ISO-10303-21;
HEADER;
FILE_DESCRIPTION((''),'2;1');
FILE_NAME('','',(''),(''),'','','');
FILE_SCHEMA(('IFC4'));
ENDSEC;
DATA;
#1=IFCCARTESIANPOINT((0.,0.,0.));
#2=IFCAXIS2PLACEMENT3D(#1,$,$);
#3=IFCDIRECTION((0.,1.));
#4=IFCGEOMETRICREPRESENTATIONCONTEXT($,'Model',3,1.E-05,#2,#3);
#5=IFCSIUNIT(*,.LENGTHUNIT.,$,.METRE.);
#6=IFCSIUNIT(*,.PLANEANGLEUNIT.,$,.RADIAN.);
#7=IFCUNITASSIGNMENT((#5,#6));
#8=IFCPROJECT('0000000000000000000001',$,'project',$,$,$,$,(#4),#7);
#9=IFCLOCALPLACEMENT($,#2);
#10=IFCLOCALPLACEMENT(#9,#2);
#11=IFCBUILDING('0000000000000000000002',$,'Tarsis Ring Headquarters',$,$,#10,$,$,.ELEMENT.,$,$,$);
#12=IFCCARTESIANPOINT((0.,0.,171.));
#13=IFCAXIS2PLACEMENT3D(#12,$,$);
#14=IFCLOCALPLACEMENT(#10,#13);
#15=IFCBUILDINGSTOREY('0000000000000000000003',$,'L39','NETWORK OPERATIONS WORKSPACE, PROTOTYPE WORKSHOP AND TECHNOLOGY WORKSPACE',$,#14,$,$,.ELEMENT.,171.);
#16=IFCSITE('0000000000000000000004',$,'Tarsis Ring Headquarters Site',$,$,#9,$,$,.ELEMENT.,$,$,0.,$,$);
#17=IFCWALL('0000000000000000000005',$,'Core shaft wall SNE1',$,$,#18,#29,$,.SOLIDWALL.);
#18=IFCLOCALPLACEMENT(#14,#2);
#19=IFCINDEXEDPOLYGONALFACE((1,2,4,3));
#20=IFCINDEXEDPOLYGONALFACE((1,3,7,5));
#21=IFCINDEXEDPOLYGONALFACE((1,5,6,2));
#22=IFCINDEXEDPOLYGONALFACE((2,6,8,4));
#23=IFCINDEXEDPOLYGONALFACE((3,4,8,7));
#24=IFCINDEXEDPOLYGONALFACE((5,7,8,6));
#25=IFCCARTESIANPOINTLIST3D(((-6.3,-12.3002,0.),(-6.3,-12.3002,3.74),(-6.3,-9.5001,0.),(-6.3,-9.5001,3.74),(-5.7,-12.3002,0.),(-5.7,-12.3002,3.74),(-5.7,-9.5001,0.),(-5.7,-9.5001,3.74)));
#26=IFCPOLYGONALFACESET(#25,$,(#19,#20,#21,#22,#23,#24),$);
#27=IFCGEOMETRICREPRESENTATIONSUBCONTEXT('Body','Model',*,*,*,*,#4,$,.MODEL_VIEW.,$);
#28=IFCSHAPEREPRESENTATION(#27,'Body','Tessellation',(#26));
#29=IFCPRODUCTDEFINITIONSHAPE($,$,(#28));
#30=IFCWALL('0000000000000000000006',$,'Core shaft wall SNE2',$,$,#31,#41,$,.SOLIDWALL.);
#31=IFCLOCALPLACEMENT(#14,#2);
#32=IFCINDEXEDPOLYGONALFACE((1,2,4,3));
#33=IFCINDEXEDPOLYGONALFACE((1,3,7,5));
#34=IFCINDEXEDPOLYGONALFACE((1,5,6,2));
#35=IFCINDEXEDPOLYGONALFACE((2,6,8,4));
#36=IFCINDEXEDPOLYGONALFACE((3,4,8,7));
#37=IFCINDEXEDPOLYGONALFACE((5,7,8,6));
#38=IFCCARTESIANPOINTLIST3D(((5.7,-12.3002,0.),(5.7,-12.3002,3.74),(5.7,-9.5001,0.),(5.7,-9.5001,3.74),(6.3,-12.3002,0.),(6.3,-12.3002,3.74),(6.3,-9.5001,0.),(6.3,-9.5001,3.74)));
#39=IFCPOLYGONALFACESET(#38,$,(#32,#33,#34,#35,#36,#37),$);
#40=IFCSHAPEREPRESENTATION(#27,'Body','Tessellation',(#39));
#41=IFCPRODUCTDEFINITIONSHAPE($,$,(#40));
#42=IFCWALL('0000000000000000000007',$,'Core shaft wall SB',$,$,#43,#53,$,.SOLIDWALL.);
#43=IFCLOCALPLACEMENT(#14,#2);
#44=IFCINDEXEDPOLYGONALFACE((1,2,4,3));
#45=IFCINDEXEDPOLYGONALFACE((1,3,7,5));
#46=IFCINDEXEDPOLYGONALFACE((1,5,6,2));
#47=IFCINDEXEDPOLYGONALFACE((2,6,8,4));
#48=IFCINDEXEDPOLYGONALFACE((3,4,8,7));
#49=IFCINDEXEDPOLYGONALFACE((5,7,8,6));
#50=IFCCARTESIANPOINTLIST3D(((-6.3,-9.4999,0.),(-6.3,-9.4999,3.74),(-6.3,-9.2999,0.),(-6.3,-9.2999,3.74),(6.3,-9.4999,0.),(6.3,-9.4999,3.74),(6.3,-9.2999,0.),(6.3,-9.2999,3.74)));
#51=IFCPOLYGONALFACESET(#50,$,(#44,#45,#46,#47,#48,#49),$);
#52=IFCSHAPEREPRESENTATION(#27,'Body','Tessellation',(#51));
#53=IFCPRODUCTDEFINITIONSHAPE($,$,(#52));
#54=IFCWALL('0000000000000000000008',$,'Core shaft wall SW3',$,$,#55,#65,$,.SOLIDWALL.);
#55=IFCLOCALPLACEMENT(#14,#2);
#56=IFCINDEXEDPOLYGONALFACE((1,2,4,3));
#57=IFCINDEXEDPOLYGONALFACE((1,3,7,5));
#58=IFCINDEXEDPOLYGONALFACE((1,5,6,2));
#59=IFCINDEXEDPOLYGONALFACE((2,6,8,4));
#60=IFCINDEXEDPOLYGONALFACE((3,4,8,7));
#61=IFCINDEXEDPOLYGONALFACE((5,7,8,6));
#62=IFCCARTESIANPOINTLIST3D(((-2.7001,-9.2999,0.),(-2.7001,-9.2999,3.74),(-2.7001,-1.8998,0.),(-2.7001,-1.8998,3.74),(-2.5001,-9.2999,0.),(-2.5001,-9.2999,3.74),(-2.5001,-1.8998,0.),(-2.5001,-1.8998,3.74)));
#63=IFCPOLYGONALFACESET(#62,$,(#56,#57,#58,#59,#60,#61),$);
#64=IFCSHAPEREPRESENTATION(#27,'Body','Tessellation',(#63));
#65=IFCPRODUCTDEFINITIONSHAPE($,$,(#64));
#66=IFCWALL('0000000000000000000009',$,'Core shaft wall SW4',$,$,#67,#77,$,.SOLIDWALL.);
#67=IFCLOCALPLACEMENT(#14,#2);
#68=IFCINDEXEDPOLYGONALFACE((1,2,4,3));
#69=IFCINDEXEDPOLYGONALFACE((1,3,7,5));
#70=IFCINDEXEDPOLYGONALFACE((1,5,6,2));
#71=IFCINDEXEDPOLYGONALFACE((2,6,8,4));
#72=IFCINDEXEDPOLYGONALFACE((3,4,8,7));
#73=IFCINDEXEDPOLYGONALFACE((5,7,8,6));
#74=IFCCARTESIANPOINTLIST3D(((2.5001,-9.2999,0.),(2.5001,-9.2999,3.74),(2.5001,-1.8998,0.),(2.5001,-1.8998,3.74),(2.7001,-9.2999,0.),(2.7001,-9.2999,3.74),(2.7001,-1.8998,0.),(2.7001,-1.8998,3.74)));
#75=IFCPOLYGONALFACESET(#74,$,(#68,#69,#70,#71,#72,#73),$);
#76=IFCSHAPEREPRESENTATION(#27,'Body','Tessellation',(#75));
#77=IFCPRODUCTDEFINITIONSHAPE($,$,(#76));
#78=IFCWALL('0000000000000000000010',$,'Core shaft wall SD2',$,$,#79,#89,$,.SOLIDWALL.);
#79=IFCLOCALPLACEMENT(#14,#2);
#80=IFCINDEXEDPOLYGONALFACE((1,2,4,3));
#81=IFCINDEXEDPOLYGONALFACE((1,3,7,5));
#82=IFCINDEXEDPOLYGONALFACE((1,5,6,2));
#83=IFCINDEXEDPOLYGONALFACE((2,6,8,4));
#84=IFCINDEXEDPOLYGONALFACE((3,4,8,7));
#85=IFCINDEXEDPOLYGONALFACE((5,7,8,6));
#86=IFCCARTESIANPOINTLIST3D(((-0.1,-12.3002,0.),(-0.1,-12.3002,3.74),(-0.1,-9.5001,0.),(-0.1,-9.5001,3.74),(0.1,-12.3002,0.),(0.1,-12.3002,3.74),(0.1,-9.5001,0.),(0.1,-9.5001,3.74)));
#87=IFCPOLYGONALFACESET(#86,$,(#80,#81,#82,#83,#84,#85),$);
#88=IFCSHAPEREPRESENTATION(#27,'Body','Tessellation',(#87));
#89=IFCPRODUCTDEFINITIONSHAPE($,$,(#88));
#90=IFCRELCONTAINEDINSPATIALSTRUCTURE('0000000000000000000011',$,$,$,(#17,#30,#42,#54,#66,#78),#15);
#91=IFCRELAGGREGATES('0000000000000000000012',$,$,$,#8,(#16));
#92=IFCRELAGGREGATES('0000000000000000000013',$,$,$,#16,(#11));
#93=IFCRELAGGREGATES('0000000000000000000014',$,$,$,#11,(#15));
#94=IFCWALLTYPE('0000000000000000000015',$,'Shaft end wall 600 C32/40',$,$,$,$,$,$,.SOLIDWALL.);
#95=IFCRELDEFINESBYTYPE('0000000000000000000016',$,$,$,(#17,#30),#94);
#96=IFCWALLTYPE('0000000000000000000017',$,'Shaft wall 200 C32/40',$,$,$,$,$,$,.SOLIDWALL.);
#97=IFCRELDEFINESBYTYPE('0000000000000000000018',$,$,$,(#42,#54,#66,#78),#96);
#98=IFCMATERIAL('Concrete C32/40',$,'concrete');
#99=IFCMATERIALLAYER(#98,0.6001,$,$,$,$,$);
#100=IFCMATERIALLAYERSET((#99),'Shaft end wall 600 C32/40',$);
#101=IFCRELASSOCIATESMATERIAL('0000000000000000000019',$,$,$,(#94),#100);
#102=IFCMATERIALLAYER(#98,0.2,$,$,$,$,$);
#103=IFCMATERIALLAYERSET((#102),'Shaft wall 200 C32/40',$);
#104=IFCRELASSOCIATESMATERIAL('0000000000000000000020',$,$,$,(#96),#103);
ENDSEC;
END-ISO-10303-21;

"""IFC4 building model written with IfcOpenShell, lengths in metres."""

from ifc_helpers import new_model, si_unit, direction, frame, frame_2d, origin, place, context, subcontext, project, spatial, rectangle, extrude, material, layer, layer_set, type_object, element, save


model = new_model("IFC4")

# Units and contexts
model_context = context("Model", 3, precision=1e-05, world=origin(), true_north=direction((0.0, 1.0)))
body_context = subcontext(model_context, "Body", "Model", "MODEL_VIEW")
ifc_project = project(units=[si_unit("LENGTHUNIT", "METRE"), si_unit("PLANEANGLEUNIT", "RADIAN")], contexts=[model_context])

# Site, building, storey
site_placement = place(None, origin())
site = spatial("IfcSite", under=ifc_project, at=site_placement, Name="Tarsis Ring Headquarters Site", CompositionType="ELEMENT", RefElevation=0.0)
building_placement = place(site_placement, origin())
building = spatial("IfcBuilding", under=site, at=building_placement, Name="Tarsis Ring Headquarters", CompositionType="ELEMENT")
storey_placement = place(building_placement, frame((0.0, 0.0, 171.0)))
storey = spatial("IfcBuildingStorey", under=building, at=storey_placement, Name="L39", Description="NETWORK OPERATIONS WORKSPACE, PROTOTYPE WORKSHOP AND TECHNOLOGY WORKSPACE", CompositionType="ELEMENT", Elevation=171.0)

# Walls
ifc_material_1 = material(Name="Concrete C32/40", Category="concrete")
ifc_layer_1 = layer(ifc_material_1, 0.6001)
ifc_layer_set_1 = layer_set([ifc_layer_1], Name="Shaft end wall 600 C32/40")
wall_type_1 = type_object("IfcWallType", Name="Shaft end wall 600 C32/40", PredefinedType="SOLIDWALL", material=ifc_layer_set_1)
for number, where, z_axis, x_axis, name in (
    (1, (-6.0, -12.3, 0.0), (0.0, 0.0, 1.0), (0.0, 1.0, 0.0), "Core shaft wall SNE1"),
    (2, (6.0, -12.3, 0.0), (0.0, 0.0, 1.0), (0.0, 1.0, 0.0), "Core shaft wall SNE2"),
):
    element("IfcWall", number, at=place(storey_placement, frame(where, z_axis=z_axis, x_axis=x_axis)), inside=storey, type_object=wall_type_1, Name=name, PredefinedType="SOLIDWALL", context=body_context, shape_type="SweptSolid", body=[
        extrude(rectangle(XDim=2.8, YDim=0.6001, at=frame_2d((1.3999, 0.0))), origin(), (0.0, 0.0, 1.0), 3.74),
    ])
ifc_layer_2 = layer(ifc_material_1, 0.2)
ifc_layer_set_2 = layer_set([ifc_layer_2], Name="Shaft wall 200 C32/40")
wall_type_2 = type_object("IfcWallType", Name="Shaft wall 200 C32/40", PredefinedType="SOLIDWALL", material=ifc_layer_set_2)
wall_1_placement = place(storey_placement, frame((-6.3, -9.3999, 0.0), z_axis=(0.0, 0.0, 1.0), x_axis=(1.0, 0.0, 0.0)))
element("IfcWall", 3, at=wall_1_placement, inside=storey, type_object=wall_type_2, Name="Core shaft wall SB", PredefinedType="SOLIDWALL", context=body_context, shape_type="SweptSolid", body=[
    extrude(rectangle(XDim=12.6001, YDim=0.2, at=frame_2d((6.3, 0.0))), origin(), (0.0, 0.0, 1.0), 3.74),
])
for number, where, z_axis, x_axis, name in (
    (4, (-2.6001, -9.3, 0.0), (0.0, 0.0, 1.0), (0.0, 1.0, 0.0), "Core shaft wall SW3"),
    (5, (2.6001, -9.3, 0.0), (0.0, 0.0, 1.0), (0.0, 1.0, 0.0), "Core shaft wall SW4"),
):
    element("IfcWall", number, at=place(storey_placement, frame(where, z_axis=z_axis, x_axis=x_axis)), inside=storey, type_object=wall_type_2, Name=name, PredefinedType="SOLIDWALL", context=body_context, shape_type="SweptSolid", body=[
        extrude(rectangle(XDim=7.4001, YDim=0.2, at=frame_2d((3.7002, 0.0))), origin(), (0.0, 0.0, 1.0), 3.74),
    ])
wall_2_placement = place(storey_placement, frame((0.0, -12.3, 0.0), z_axis=(0.0, 0.0, 1.0), x_axis=(0.0, 1.0, 0.0)))
element("IfcWall", 6, at=wall_2_placement, inside=storey, type_object=wall_type_2, Name="Core shaft wall SD2", PredefinedType="SOLIDWALL", context=body_context, shape_type="SweptSolid", body=[
    extrude(rectangle(XDim=2.8, YDim=0.2, at=frame_2d((1.3999, 0.0))), origin(), (0.0, 0.0, 1.0), 3.74),
])

save(model, "model.ifc")
